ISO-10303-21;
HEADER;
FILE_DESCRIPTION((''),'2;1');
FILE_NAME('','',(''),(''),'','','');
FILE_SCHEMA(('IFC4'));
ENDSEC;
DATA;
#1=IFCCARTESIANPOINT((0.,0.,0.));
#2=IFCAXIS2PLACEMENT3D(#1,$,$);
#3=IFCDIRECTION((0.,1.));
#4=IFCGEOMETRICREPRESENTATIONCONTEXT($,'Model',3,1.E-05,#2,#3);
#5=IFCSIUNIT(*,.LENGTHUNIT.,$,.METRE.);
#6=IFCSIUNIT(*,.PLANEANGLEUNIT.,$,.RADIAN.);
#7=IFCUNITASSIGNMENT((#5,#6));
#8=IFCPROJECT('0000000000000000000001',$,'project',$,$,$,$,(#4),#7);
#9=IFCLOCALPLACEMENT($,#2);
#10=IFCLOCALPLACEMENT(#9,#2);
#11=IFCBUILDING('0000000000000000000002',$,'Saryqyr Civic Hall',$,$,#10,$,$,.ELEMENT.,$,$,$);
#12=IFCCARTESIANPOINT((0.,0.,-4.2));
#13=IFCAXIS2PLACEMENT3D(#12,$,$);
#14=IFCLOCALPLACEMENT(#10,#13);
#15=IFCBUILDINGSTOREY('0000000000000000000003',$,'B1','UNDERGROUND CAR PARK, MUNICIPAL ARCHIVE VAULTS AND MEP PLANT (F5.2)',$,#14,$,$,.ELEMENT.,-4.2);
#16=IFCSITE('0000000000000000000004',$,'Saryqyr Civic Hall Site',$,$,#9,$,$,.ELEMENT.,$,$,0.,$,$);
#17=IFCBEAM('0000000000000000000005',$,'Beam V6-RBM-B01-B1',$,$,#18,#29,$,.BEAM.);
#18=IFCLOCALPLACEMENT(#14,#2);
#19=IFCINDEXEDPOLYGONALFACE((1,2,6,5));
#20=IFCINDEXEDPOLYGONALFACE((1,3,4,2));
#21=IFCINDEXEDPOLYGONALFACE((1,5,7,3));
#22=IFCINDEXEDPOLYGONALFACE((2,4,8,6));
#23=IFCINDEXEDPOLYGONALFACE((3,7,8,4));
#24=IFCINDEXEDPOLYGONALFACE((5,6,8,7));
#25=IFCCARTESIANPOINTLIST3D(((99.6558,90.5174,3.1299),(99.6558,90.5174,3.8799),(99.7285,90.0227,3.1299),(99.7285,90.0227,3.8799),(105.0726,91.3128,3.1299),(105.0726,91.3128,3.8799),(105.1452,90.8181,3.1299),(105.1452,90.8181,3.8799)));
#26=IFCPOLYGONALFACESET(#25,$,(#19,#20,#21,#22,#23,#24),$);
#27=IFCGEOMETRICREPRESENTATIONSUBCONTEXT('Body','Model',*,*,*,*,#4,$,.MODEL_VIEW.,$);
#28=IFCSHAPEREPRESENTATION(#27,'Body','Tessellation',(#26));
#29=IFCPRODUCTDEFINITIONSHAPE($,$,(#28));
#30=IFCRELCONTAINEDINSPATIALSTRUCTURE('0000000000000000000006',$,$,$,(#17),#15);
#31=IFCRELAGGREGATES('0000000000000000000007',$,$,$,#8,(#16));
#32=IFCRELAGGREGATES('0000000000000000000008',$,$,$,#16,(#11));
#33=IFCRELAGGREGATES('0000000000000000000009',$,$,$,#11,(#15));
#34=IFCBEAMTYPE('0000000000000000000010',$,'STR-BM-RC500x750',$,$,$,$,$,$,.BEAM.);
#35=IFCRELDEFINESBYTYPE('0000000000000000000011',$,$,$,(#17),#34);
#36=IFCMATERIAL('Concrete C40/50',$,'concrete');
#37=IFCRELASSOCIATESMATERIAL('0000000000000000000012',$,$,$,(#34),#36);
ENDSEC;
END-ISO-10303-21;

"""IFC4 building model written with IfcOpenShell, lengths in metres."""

from ifc_helpers import new_model, si_unit, direction, frame, origin, origin_2d, place, context, subcontext, project, spatial, rectangle, extrude, material, material_profile, profile_set, type_object, element, save


model = new_model("IFC4")

# Units and contexts
model_context = context("Model", 3, precision=1e-05, world=origin(), true_north=direction((0.0, 1.0)))
body_context = subcontext(model_context, "Body", "Model", "MODEL_VIEW")
ifc_project = project(units=[si_unit("LENGTHUNIT", "METRE"), si_unit("PLANEANGLEUNIT", "RADIAN")], contexts=[model_context])

# Site, building, storey
site_placement = place(None, origin())
site = spatial("IfcSite", under=ifc_project, at=site_placement, Name="Saryqyr Civic Hall Site", CompositionType="ELEMENT", RefElevation=0.0)
building_placement = place(site_placement, origin())
building = spatial("IfcBuilding", under=site, at=building_placement, Name="Saryqyr Civic Hall", CompositionType="ELEMENT")
storey_placement = place(building_placement, frame((0.0, 0.0, -4.2)))
storey = spatial("IfcBuildingStorey", under=building, at=storey_placement, Name="B1", Description="UNDERGROUND CAR PARK, MUNICIPAL ARCHIVE VAULTS AND MEP PLANT (F5.2)", CompositionType="ELEMENT", Elevation=-4.2)

# Shared definitions
ifc_material_1 = material(Name="Concrete C40/50", Category="concrete")

# Beam
ifc_material_profile_1 = material_profile(ifc_material_1, rectangle(XDim=0.5, YDim=0.75, at=origin_2d()), Name="RC 500x750")
ifc_profile_set_1 = profile_set([ifc_material_profile_1], Name="Concrete C40/50")
beam_type_1 = type_object("IfcBeamType", Name="STR-BM-RC500x750", PredefinedType="BEAM", material=ifc_profile_set_1)
beam_1_placement = place(storey_placement, frame((99.6921, 90.27, 3.5049), z_axis=(0.98939, 0.145285, 0.0), x_axis=(-0.145285, 0.98939, 0.0)))
element("IfcBeam", 1, at=beam_1_placement, inside=storey, type_object=beam_type_1, Name="Beam V6-RBM-B01-B1", PredefinedType="BEAM", context=body_context, shape_type="SweptSolid", body=[
    extrude(rectangle(XDim=0.5, YDim=0.75, at=origin_2d()), origin(), (0.0, 0.0, 1.0), 5.4749),
])

save(model, "model.ifc")
